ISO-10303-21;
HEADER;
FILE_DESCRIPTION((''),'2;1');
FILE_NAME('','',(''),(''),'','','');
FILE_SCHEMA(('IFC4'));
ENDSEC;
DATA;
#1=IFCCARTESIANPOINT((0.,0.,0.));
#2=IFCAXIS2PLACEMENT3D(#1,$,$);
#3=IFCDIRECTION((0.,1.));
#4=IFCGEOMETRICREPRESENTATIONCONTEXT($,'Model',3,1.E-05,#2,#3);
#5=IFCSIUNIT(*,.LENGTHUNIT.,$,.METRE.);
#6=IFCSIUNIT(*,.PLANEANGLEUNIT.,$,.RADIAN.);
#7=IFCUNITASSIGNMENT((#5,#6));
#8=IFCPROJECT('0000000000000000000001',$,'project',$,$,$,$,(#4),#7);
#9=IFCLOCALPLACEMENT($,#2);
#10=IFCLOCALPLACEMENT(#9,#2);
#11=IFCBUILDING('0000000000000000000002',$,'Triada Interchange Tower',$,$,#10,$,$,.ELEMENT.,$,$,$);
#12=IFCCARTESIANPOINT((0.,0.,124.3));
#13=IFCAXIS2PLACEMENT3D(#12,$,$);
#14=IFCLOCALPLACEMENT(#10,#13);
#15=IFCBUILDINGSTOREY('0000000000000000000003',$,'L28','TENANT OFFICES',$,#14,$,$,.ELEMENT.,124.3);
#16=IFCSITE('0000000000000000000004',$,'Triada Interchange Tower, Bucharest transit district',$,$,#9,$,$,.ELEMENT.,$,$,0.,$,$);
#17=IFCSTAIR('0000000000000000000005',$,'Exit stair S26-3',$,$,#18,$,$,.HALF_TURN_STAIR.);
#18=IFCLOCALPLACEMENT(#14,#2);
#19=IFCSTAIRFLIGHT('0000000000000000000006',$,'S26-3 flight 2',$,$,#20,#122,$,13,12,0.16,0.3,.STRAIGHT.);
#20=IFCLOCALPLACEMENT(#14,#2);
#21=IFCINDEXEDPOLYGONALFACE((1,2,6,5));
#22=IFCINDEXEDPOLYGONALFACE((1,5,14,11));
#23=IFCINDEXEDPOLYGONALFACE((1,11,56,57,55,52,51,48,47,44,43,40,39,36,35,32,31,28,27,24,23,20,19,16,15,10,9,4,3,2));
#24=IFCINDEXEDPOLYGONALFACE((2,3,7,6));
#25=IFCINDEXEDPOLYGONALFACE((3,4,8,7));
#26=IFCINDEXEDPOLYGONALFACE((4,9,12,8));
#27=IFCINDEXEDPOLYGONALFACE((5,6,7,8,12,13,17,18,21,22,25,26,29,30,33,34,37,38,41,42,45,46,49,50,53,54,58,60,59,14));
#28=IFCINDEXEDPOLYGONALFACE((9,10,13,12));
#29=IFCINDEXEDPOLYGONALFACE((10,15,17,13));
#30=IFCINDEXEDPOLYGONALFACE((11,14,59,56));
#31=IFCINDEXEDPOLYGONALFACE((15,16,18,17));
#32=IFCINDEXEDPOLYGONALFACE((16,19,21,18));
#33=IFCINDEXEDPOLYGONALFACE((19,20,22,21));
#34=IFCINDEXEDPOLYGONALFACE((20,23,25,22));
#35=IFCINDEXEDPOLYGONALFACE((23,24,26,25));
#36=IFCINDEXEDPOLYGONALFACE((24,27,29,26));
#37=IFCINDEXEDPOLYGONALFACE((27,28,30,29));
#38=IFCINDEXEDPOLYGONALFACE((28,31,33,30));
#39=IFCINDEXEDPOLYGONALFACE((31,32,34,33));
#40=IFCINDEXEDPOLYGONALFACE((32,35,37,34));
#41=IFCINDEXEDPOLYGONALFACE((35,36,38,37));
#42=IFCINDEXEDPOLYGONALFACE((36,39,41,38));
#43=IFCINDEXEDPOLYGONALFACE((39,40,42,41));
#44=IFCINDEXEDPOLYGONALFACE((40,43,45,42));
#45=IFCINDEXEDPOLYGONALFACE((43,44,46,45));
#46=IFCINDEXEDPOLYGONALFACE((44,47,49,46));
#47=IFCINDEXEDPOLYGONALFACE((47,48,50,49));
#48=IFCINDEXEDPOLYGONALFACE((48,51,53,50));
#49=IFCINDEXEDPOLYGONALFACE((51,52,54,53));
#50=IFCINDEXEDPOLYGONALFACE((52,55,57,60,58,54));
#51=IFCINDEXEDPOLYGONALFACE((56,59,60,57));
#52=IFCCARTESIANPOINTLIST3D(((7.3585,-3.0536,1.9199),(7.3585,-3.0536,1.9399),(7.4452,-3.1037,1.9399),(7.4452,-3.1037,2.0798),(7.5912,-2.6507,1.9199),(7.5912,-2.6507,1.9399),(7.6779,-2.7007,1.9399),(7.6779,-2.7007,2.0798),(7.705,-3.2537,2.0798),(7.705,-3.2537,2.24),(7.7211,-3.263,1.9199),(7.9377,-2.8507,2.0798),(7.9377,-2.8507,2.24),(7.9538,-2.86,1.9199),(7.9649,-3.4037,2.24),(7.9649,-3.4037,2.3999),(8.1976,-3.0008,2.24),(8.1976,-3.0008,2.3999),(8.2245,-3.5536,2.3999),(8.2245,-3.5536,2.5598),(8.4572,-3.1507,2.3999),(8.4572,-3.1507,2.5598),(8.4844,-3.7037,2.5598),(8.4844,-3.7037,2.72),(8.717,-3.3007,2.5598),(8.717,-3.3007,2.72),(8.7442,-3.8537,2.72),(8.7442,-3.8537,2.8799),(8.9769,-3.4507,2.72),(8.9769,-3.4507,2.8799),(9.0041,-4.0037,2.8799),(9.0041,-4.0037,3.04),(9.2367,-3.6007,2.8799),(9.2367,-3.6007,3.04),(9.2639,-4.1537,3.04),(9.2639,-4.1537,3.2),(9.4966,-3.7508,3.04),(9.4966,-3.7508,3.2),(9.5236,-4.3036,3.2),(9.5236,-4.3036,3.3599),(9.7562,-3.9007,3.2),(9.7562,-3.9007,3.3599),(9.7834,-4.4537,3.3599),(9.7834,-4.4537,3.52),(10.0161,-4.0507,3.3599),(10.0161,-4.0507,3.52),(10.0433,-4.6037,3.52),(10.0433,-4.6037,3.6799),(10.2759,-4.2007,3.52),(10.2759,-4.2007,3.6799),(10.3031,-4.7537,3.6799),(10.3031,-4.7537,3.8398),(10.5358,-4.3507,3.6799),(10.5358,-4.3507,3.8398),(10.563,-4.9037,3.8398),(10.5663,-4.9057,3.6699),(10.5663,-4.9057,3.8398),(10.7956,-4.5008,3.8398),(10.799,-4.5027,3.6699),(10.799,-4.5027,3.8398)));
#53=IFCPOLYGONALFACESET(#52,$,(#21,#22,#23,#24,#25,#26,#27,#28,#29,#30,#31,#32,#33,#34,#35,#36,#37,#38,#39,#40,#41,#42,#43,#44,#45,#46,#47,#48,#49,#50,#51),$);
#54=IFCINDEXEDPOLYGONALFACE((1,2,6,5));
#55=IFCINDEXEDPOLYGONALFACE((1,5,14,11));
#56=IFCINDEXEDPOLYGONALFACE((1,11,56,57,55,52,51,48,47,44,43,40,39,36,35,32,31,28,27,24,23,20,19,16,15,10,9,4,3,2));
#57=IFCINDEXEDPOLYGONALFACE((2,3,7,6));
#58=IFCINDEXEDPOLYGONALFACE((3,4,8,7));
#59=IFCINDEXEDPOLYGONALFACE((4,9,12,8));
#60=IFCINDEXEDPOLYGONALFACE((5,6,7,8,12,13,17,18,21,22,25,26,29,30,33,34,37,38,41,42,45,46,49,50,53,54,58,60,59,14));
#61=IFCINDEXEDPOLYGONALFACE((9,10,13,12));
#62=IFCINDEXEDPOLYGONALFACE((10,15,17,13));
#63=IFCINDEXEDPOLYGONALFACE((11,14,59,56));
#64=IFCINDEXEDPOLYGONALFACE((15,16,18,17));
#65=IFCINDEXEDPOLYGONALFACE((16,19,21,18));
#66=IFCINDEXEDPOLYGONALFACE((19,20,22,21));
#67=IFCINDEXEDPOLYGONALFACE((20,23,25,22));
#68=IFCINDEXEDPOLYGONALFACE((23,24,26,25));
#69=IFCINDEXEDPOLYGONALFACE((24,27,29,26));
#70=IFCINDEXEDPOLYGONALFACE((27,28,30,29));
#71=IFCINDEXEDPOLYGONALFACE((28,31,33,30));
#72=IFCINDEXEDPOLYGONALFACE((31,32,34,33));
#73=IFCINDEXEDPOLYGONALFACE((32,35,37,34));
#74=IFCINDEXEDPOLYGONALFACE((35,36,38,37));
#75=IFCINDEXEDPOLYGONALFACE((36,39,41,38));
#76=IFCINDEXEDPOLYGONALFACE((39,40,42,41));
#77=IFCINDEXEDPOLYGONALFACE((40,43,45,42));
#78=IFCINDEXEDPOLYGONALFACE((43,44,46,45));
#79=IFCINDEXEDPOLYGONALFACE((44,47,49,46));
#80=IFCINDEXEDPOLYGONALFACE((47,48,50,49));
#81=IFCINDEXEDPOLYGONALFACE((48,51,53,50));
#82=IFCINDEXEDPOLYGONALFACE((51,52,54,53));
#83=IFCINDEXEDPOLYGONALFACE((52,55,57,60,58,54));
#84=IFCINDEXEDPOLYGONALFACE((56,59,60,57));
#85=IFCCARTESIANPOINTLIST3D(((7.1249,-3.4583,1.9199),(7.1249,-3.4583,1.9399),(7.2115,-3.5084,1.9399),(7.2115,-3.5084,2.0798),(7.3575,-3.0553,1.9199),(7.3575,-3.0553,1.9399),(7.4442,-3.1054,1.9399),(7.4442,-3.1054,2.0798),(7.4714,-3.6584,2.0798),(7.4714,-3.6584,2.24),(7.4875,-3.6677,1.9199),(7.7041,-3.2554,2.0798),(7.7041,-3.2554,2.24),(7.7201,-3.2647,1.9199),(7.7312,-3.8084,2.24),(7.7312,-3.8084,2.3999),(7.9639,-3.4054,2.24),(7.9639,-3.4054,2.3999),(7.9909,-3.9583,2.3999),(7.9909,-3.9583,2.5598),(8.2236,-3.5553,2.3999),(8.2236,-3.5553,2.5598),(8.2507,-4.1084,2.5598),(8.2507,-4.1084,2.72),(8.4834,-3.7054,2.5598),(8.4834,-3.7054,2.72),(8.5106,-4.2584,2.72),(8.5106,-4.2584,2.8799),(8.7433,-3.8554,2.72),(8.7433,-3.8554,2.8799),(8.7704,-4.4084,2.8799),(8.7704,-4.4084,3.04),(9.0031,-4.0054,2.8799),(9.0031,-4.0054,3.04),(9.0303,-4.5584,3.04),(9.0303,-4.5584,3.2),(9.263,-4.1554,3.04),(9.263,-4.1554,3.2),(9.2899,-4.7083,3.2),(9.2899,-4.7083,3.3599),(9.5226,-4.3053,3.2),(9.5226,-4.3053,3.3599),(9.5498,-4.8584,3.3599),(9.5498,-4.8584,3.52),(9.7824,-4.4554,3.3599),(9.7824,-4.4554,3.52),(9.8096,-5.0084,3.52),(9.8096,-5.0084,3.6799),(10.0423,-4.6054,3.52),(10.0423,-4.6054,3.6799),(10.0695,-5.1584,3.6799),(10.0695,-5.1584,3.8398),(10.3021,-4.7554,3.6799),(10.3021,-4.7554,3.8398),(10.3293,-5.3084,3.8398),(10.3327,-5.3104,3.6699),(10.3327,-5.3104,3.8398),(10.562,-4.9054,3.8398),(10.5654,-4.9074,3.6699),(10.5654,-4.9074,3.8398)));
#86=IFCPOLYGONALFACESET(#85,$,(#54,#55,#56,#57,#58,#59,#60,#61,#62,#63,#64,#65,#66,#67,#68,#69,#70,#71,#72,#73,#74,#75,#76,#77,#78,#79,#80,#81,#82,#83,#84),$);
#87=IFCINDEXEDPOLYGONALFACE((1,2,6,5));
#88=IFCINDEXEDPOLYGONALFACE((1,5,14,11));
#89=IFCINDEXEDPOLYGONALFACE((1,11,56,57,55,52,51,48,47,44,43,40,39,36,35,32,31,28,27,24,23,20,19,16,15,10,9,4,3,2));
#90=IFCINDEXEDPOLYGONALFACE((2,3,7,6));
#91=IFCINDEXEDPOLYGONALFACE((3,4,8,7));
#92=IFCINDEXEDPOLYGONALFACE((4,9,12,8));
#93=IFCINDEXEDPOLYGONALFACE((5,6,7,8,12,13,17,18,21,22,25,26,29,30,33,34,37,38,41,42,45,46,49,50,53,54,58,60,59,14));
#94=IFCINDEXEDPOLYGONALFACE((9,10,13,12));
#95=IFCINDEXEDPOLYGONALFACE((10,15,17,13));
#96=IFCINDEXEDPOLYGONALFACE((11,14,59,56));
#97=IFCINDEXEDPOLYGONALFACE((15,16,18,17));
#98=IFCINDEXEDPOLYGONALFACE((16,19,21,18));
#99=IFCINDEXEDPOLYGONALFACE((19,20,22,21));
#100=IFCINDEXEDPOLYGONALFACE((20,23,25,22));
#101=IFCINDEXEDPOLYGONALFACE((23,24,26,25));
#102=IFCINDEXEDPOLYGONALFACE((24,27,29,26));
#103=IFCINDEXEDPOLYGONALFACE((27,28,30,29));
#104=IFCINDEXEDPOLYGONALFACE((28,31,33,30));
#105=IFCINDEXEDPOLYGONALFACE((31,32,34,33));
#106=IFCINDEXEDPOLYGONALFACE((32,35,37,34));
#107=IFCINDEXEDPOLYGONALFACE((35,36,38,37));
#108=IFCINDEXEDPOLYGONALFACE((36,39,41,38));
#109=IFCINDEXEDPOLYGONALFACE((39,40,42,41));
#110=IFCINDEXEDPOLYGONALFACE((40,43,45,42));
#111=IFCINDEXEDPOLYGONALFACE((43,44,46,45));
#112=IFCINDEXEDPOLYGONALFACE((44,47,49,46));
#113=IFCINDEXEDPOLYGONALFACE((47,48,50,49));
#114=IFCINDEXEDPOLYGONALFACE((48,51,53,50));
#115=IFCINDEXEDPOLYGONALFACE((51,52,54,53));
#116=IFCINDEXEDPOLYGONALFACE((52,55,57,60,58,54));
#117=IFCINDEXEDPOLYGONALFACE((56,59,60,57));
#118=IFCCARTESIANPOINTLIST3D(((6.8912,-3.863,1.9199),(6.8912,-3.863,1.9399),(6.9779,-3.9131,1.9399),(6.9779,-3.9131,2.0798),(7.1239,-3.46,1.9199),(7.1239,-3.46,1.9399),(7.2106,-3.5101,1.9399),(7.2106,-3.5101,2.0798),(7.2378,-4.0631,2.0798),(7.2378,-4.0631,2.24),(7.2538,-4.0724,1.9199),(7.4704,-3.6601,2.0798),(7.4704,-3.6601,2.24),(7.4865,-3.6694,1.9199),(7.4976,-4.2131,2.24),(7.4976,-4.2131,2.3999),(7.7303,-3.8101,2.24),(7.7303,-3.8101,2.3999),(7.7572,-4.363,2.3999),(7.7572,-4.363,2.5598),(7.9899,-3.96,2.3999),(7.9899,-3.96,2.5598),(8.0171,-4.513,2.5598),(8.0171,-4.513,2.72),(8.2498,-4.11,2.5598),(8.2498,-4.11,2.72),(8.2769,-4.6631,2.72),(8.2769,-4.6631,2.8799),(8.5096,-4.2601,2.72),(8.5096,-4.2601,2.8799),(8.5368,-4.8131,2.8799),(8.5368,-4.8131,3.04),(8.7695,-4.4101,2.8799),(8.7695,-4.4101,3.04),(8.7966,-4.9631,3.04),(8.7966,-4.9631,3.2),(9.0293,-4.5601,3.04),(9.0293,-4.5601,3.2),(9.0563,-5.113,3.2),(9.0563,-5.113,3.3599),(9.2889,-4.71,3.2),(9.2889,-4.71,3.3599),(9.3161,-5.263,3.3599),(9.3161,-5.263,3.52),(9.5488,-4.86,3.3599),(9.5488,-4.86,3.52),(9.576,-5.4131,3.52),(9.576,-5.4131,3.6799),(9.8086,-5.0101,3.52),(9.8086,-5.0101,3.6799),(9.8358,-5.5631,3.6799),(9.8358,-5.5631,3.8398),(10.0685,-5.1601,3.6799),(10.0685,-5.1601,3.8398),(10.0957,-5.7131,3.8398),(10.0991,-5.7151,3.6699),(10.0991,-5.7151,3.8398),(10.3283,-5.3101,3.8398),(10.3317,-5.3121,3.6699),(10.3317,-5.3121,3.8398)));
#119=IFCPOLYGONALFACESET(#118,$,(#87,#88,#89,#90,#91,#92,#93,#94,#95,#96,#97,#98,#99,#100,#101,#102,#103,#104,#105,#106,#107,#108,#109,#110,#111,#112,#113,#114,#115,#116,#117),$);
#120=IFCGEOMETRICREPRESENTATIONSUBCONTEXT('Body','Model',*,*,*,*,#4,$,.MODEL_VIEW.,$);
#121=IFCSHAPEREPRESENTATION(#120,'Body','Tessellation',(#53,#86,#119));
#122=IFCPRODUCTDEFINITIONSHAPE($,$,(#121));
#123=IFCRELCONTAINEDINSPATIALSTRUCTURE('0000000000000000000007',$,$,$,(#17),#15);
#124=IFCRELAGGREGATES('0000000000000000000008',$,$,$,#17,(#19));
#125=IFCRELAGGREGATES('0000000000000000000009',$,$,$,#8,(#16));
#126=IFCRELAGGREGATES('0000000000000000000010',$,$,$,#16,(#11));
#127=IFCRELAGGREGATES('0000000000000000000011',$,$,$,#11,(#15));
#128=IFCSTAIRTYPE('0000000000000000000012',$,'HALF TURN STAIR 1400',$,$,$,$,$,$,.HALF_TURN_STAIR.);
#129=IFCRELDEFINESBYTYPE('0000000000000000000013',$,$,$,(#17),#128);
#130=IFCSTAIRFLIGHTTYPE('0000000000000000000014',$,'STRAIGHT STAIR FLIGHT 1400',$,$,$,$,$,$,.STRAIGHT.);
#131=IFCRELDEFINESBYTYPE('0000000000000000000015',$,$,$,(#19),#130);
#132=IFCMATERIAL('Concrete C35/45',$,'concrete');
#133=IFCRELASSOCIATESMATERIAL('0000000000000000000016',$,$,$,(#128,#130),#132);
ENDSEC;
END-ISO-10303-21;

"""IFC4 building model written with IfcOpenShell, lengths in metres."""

from ifc_helpers import new_model, si_unit, direction, frame, origin, place, context, subcontext, project, spatial, polyline, outline, extrude, material, type_object, element, aggregate, save


model = new_model("IFC4")

# Units and contexts
model_context = context("Model", 3, precision=1e-05, world=origin(), true_north=direction((0.0, 1.0)))
body_context = subcontext(model_context, "Body", "Model", "MODEL_VIEW")
ifc_project = project(units=[si_unit("LENGTHUNIT", "METRE"), si_unit("PLANEANGLEUNIT", "RADIAN")], contexts=[model_context])

# Site, building, storey
site_placement = place(None, origin())
site = spatial("IfcSite", under=ifc_project, at=site_placement, Name="Triada Interchange Tower, Bucharest transit district", CompositionType="ELEMENT", RefElevation=0.0)
building_placement = place(site_placement, origin())
building = spatial("IfcBuilding", under=site, at=building_placement, Name="Triada Interchange Tower", CompositionType="ELEMENT")
storey_placement = place(building_placement, frame((0.0, 0.0, 124.3)))
storey = spatial("IfcBuildingStorey", under=building, at=storey_placement, Name="L28", Description="TENANT OFFICES", CompositionType="ELEMENT", Elevation=124.3)

# Stair, stair flight
ifc_material_1 = material(Name="Concrete C35/45", Category="concrete")
stair_type = type_object("IfcStairType", Name="HALF TURN STAIR 1400", PredefinedType="HALF_TURN_STAIR", material=ifc_material_1)
stair_placement = place(storey_placement, origin())
stair = element("IfcStair", 1, at=stair_placement, inside=storey, type_object=stair_type, Name="Exit stair S26-3", PredefinedType="HALF_TURN_STAIR")
stair_flight_type = type_object("IfcStairFlightType", Name="STRAIGHT STAIR FLIGHT 1400", PredefinedType="STRAIGHT", material=ifc_material_1)
stair_flight_1_placement = place(storey_placement, frame((7.3279, -3.3069, 1.9199), z_axis=(0.0, 0.0, 1.0), x_axis=(0.866025, -0.5, 0.0)))
stair_flight_1 = element("IfcStairFlight", 2, at=stair_flight_1_placement, type_object=stair_flight_type, Name="S26-3 flight 2", NumberOfRisers=13, NumberOfTreads=12, PredefinedType="STRAIGHT", RiserHeight=0.16, TreadLength=0.3, context=body_context, shape_type="SweptSolid", body=[
    extrude(outline(polyline([(-0.1001, 0.0), (-0.1001, 0.02), (0.0, 0.02), (0.0, 0.1599), (0.3, 0.1599), (0.3, 0.3201), (0.6001, 0.3201), (0.6001, 0.48), (0.8999, 0.48), (0.8999, 0.6399), (1.2, 0.6399), (1.2, 0.8), (1.5, 0.8), (1.5, 0.96), (1.8, 0.96), (1.8, 1.1201), (2.1001, 1.1201), (2.1001, 1.28), (2.3999, 1.28), (2.3999, 1.4399), (2.7, 1.4399), (2.7, 1.6001), (3.0, 1.6001), (3.0, 1.76), (3.3, 1.76), (3.3, 1.9199), (3.6001, 1.9199), (3.604, 1.9199), (3.604, 2.0801), (3.604, 1.75), (0.3186, 0.0), (-0.1001, 0.0)])), frame((0.0, 0.7, 0.0), z_axis=(0.0, -1.0, 0.0), x_axis=(1.0, 0.0, 0.0)), (0.0, 0.0, 1.0), 0.4653),
    extrude(outline(polyline([(-0.1001, 0.0), (-0.1001, 0.02), (0.0, 0.02), (0.0, 0.1599), (0.3, 0.1599), (0.3, 0.3201), (0.6001, 0.3201), (0.6001, 0.48), (0.8999, 0.48), (0.8999, 0.6399), (1.2, 0.6399), (1.2, 0.8), (1.5, 0.8), (1.5, 0.96), (1.8, 0.96), (1.8, 1.1201), (2.1001, 1.1201), (2.1001, 1.28), (2.3999, 1.28), (2.3999, 1.4399), (2.7, 1.4399), (2.7, 1.6001), (3.0, 1.6001), (3.0, 1.76), (3.3, 1.76), (3.3, 1.9199), (3.6001, 1.9199), (3.604, 1.9199), (3.604, 2.0801), (3.604, 1.75), (0.3186, 0.0), (-0.1001, 0.0)])), frame((0.0, 0.2327, 0.0), z_axis=(0.0, -1.0, 0.0), x_axis=(1.0, 0.0, 0.0)), (0.0, 0.0, 1.0), 0.4653),
    extrude(outline(polyline([(-0.1001, 0.0), (-0.1001, 0.02), (0.0, 0.02), (0.0, 0.1599), (0.3, 0.1599), (0.3, 0.3201), (0.6001, 0.3201), (0.6001, 0.48), (0.8999, 0.48), (0.8999, 0.6399), (1.2, 0.6399), (1.2, 0.8), (1.5, 0.8), (1.5, 0.96), (1.8, 0.96), (1.8, 1.1201), (2.1001, 1.1201), (2.1001, 1.28), (2.3999, 1.28), (2.3999, 1.4399), (2.7, 1.4399), (2.7, 1.6001), (3.0, 1.6001), (3.0, 1.76), (3.3, 1.76), (3.3, 1.9199), (3.6001, 1.9199), (3.604, 1.9199), (3.604, 2.0801), (3.604, 1.75), (0.3186, 0.0), (-0.1001, 0.0)])), frame((0.0, -0.2346, 0.0), z_axis=(0.0, -1.0, 0.0), x_axis=(1.0, 0.0, 0.0)), (0.0, 0.0, 1.0), 0.4653),
])
aggregate(stair, [stair_flight_1])

save(model, "model.ifc")
